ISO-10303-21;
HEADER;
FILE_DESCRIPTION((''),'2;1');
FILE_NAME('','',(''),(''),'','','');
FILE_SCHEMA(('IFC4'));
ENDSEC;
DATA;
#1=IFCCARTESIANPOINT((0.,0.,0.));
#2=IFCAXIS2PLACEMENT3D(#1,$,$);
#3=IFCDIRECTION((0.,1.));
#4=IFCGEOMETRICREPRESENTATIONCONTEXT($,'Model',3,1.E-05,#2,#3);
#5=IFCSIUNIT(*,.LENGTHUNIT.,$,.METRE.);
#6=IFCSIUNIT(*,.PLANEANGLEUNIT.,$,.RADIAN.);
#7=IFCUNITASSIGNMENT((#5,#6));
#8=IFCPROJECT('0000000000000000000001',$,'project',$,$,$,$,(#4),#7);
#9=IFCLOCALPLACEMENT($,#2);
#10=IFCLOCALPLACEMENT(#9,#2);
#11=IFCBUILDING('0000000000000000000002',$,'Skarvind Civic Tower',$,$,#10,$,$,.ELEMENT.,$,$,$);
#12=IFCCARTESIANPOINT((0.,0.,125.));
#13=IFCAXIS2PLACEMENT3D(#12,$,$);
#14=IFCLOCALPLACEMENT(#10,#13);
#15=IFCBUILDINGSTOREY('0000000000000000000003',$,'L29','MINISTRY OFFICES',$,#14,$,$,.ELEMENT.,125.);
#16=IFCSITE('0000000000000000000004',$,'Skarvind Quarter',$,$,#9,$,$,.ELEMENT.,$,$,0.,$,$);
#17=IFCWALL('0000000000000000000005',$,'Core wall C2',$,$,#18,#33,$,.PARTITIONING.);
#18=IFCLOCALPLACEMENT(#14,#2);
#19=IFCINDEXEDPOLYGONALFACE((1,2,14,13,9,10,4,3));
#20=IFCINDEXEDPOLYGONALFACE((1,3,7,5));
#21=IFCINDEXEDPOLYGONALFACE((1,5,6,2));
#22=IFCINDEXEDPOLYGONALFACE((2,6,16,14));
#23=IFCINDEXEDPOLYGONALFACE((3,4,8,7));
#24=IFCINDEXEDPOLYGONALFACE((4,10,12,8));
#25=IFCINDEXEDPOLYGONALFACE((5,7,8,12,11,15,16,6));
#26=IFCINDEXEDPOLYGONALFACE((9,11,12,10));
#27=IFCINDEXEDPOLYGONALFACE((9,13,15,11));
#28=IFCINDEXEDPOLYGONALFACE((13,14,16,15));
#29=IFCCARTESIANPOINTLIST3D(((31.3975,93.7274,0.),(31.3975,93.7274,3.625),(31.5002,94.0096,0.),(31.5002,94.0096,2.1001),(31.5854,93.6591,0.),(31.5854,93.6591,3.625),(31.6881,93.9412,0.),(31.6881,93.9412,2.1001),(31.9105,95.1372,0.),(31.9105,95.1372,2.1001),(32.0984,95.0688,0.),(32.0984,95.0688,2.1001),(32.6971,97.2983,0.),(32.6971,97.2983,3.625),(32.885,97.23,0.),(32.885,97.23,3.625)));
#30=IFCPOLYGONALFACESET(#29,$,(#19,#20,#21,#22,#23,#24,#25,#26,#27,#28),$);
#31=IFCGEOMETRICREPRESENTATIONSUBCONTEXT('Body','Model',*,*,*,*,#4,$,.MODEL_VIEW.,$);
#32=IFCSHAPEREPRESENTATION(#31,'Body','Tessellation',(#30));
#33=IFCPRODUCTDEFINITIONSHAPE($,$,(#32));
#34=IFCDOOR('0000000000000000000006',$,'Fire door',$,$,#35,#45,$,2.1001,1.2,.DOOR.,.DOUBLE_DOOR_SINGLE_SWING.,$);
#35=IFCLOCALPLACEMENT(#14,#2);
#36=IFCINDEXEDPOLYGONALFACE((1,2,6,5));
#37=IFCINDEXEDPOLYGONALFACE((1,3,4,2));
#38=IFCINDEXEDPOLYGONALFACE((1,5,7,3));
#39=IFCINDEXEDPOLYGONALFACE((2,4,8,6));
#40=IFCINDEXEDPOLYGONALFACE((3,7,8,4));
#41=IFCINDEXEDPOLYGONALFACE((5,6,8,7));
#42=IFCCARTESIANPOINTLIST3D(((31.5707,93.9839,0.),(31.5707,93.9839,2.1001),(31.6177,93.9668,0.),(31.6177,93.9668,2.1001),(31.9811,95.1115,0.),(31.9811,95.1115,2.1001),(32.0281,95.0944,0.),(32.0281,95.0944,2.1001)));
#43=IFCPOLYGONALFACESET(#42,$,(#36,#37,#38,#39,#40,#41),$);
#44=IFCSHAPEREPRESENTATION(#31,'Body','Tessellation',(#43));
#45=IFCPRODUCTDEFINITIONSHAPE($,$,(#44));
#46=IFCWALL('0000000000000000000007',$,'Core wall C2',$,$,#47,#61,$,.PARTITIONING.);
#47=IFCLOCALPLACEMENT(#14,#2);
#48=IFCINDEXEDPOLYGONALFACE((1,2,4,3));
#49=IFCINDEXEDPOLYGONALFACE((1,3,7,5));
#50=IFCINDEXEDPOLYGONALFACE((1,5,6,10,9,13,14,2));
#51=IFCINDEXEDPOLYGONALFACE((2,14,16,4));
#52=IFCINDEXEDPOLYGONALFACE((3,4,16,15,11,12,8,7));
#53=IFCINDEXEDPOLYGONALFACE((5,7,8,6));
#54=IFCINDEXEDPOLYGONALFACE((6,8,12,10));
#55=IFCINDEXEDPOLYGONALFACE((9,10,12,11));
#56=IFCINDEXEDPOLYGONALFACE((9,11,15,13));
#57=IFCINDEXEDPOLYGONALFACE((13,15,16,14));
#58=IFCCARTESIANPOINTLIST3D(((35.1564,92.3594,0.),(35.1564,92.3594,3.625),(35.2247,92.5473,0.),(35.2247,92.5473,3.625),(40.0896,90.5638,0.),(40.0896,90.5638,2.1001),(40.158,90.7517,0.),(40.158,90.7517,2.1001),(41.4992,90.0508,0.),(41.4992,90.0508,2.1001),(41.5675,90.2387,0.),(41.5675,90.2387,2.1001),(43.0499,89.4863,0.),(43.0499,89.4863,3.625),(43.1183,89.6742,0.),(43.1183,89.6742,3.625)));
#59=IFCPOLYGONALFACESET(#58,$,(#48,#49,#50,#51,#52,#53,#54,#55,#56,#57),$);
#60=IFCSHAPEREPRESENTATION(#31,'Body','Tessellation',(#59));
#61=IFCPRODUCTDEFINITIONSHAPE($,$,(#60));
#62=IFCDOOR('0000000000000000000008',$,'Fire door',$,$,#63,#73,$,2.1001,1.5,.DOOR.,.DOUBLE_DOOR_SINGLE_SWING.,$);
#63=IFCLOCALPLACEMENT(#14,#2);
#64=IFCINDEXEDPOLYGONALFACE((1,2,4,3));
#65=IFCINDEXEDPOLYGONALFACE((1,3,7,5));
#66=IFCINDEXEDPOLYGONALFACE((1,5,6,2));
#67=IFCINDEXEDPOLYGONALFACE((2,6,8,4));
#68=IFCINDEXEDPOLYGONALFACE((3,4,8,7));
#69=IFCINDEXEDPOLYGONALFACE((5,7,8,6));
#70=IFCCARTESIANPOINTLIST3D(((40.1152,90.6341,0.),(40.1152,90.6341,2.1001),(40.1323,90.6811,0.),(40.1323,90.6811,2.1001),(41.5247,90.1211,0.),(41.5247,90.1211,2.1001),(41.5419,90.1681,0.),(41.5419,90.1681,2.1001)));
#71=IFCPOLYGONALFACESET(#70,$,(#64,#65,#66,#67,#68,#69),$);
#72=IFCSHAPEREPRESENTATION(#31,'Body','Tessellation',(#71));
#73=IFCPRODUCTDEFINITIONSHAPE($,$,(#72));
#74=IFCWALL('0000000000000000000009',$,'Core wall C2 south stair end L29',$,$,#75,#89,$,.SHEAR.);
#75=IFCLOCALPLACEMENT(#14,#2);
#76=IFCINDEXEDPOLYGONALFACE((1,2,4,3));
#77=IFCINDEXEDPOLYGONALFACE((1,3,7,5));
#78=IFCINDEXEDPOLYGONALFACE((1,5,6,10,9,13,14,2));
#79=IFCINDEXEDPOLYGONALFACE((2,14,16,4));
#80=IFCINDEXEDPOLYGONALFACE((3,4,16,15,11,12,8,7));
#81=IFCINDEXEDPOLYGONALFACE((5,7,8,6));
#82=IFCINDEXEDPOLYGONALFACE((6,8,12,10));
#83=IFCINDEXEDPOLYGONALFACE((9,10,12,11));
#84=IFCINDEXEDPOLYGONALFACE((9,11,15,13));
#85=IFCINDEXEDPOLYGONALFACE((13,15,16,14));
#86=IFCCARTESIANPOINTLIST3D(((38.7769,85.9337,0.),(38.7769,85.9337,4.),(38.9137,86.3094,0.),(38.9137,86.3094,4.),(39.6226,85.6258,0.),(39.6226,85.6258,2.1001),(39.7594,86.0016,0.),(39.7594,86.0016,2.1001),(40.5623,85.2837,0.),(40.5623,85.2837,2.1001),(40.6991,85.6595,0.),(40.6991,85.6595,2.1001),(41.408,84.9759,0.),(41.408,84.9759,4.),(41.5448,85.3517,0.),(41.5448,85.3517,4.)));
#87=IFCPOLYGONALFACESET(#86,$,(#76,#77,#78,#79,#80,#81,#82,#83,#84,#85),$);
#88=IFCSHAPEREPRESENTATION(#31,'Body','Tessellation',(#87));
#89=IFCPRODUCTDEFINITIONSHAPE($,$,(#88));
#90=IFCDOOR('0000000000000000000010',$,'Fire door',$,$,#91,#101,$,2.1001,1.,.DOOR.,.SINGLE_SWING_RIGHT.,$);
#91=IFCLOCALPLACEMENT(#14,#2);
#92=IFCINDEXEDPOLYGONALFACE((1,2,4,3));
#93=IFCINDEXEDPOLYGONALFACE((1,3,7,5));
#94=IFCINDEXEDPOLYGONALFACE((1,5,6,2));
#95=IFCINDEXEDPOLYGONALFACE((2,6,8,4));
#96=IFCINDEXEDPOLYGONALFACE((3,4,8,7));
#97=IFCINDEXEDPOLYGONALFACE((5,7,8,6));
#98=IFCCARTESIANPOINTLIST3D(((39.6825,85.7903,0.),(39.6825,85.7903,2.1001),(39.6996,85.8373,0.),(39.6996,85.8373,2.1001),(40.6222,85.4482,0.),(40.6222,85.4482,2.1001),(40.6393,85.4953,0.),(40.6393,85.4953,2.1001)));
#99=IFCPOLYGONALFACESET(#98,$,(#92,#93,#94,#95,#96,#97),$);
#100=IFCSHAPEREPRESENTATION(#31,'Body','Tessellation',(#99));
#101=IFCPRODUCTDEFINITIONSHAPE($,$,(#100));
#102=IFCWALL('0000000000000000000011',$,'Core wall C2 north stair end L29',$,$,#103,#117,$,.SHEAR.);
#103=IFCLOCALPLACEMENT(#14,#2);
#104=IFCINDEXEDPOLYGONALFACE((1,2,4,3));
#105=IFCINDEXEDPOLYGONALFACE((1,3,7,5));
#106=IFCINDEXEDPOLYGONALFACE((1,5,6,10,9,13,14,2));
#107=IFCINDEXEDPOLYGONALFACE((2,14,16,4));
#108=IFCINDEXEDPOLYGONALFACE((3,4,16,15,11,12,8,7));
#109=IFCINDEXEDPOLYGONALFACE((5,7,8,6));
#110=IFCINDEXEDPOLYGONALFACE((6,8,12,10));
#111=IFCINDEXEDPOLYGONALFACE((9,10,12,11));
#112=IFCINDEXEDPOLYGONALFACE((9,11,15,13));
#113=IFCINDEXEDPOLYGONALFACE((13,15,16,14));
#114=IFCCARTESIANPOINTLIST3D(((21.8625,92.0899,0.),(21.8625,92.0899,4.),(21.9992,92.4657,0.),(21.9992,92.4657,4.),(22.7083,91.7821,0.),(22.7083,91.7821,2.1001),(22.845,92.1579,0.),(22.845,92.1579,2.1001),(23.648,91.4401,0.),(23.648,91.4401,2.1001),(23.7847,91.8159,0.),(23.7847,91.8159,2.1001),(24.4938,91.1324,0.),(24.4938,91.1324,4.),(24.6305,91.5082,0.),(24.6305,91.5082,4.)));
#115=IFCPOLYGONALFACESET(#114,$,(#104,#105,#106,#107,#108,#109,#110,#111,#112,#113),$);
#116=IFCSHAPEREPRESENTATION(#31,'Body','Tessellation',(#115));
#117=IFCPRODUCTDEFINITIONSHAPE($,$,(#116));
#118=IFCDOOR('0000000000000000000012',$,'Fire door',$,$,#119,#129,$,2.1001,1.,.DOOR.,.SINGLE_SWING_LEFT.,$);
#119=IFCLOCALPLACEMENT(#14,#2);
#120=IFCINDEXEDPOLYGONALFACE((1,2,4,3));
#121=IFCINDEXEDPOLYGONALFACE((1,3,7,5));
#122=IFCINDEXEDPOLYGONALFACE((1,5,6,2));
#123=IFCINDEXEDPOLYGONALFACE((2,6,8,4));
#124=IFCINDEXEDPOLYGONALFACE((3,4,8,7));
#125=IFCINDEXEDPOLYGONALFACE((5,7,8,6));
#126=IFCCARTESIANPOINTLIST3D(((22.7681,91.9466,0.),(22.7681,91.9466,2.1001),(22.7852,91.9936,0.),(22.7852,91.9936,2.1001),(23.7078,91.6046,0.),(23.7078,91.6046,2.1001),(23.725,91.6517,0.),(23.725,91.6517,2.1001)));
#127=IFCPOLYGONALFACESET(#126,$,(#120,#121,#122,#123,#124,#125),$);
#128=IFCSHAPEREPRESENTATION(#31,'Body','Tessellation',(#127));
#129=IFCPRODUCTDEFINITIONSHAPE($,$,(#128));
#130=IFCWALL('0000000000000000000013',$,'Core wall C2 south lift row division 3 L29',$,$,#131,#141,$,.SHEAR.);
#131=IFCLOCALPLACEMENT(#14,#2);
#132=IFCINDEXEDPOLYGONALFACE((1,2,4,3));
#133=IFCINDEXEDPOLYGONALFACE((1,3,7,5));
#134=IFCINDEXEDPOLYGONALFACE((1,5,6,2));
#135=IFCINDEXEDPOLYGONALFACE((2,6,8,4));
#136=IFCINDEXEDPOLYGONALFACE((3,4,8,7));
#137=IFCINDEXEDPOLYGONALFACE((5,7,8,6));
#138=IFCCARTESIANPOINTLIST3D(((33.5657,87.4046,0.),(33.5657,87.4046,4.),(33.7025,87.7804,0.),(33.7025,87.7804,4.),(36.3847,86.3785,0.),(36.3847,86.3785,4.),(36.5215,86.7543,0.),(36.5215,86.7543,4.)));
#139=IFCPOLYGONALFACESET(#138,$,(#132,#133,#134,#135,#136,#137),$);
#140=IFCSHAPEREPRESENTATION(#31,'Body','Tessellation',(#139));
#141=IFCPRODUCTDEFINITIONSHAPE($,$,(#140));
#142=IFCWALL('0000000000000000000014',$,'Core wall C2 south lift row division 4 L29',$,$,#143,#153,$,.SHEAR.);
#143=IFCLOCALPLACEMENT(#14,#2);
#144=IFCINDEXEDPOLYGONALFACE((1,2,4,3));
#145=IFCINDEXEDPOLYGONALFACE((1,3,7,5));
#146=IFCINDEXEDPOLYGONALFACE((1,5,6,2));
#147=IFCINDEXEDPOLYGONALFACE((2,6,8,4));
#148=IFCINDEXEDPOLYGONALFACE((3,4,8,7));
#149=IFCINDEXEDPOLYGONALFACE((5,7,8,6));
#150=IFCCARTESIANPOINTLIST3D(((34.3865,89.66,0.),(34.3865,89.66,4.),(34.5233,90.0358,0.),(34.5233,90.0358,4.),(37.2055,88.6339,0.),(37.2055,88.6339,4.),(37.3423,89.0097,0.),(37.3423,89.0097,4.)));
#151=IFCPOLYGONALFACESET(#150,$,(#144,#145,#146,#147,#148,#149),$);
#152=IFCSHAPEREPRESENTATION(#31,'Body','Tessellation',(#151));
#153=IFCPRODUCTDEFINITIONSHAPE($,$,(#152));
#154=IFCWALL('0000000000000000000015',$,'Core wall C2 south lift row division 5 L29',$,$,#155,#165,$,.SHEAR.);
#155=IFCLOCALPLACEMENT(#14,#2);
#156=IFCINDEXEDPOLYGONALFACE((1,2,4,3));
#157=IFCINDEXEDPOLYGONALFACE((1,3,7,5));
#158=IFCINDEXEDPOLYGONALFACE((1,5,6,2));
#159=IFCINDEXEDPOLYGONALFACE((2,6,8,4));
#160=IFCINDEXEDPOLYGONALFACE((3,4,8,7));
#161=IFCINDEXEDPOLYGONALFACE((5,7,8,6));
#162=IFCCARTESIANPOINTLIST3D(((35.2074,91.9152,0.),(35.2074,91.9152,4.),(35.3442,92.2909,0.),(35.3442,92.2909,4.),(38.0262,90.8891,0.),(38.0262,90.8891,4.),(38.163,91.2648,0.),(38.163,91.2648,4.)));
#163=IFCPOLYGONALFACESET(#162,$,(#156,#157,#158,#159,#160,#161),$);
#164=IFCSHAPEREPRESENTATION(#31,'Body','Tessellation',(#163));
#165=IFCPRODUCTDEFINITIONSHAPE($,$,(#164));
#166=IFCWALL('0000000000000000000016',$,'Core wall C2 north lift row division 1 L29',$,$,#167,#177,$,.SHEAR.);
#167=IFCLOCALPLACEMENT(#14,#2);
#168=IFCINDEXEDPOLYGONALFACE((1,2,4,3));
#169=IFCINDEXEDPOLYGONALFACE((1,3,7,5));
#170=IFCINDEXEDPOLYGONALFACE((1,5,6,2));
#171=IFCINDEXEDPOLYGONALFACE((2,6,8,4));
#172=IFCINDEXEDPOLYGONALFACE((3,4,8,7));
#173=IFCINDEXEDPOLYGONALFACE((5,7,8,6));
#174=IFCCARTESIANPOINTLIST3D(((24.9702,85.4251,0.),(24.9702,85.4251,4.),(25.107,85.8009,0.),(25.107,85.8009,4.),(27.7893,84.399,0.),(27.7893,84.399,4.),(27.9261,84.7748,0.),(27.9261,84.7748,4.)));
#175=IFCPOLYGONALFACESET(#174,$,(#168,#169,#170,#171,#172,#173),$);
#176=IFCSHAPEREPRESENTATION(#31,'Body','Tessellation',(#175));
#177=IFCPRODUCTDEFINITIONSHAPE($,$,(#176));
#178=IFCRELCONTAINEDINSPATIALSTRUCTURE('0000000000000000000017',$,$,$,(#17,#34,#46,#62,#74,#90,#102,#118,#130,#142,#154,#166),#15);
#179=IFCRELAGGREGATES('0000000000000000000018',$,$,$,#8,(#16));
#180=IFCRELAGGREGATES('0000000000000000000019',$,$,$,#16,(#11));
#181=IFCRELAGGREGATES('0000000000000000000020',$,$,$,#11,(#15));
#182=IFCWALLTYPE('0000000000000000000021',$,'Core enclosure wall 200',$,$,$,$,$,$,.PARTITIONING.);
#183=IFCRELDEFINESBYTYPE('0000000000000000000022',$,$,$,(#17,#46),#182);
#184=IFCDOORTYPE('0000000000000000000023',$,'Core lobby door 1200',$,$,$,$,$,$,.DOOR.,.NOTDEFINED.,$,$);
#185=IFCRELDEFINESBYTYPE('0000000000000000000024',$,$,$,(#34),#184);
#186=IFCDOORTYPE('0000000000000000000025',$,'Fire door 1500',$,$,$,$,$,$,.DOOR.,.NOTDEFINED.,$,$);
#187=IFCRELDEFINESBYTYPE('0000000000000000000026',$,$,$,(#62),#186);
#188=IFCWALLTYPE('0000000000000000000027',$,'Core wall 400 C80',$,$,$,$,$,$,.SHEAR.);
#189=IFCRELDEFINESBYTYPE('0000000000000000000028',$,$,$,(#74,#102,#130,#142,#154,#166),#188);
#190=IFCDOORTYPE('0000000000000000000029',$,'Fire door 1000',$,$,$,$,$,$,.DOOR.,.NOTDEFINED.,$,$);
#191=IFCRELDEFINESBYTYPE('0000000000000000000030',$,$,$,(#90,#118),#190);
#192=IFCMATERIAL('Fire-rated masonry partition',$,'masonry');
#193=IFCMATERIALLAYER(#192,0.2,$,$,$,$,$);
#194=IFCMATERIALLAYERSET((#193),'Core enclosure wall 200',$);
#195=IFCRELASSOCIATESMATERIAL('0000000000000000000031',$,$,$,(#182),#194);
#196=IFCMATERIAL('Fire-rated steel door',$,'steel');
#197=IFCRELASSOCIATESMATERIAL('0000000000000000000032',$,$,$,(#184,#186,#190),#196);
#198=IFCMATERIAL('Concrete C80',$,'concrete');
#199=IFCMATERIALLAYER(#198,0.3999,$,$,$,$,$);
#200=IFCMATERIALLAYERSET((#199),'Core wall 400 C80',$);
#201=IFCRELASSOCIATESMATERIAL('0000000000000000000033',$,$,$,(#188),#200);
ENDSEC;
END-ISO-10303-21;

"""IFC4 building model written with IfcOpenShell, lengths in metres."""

from ifc_helpers import new_model, si_unit, direction, frame, frame_2d, origin, place, context, subcontext, project, spatial, rectangle, extrude, material, layer, layer_set, type_object, element, fill, save


model = new_model("IFC4")

# Units and contexts
model_context = context("Model", 3, precision=1e-05, world=origin(), true_north=direction((0.0, 1.0)))
body_context = subcontext(model_context, "Body", "Model", "MODEL_VIEW")
ifc_project = project(units=[si_unit("LENGTHUNIT", "METRE"), si_unit("PLANEANGLEUNIT", "RADIAN")], contexts=[model_context])

# Site, building, storey
site_placement = place(None, origin())
site = spatial("IfcSite", under=ifc_project, at=site_placement, Name="Skarvind Quarter", CompositionType="ELEMENT", RefElevation=0.0)
building_placement = place(site_placement, origin())
building = spatial("IfcBuilding", under=site, at=building_placement, Name="Skarvind Civic Tower", CompositionType="ELEMENT")
storey_placement = place(building_placement, frame((0.0, 0.0, 125.0)))
storey = spatial("IfcBuildingStorey", under=building, at=storey_placement, Name="L29", Description="MINISTRY OFFICES", CompositionType="ELEMENT", Elevation=125.0)

# Walls, openings, doors
ifc_material_1 = material(Name="Fire-rated masonry partition", Category="masonry")
ifc_layer_1 = layer(ifc_material_1, 0.2)
ifc_layer_set_1 = layer_set([ifc_layer_1], Name="Core enclosure wall 200")
wall_type_1 = type_object("IfcWallType", Name="Core enclosure wall 200", PredefinedType="PARTITIONING", material=ifc_layer_set_1)
wall_1_placement = place(storey_placement, frame((31.4915, 93.6934, 0.0), z_axis=(0.0, 0.0, 1.0), x_axis=(0.341996, 0.939701, 0.0)))
wall_1 = element("IfcWall", 1, at=wall_1_placement, inside=storey, type_object=wall_type_1, Name="Core wall C2", PredefinedType="PARTITIONING", context=body_context, shape_type="SweptSolid", body=[
    extrude(rectangle(XDim=3.8, YDim=0.2, at=frame_2d((1.8999, 0.0))), origin(), (0.0, 0.0, 1.0), 3.625),
])
opening_1_placement = place(wall_1_placement, frame((0.3, 0.0, 0.0)))
opening_1 = element("IfcOpeningElement", 2, at=opening_1_placement, cuts=wall_1, PredefinedType="OPENING", context=body_context, shape_type="SweptSolid", body=[
    extrude(rectangle(XDim=1.2, YDim=2.1001, at=frame_2d((0.6001, 1.05))), frame((0.0, 0.1099, 0.0), z_axis=(0.0, -1.0, 0.0), x_axis=(1.0, 0.0, 0.0)), (0.0, 0.0, 1.0), 0.22),
])
ifc_material_2 = material(Name="Fire-rated steel door", Category="steel")
door_type_1 = type_object("IfcDoorType", Name="Core lobby door 1200", OperationType="NOTDEFINED", PredefinedType="DOOR", material=ifc_material_2)
door_1_placement = place(opening_1_placement, origin())
door_1 = element("IfcDoor", 3, at=door_1_placement, inside=storey, type_object=door_type_1, Name="Fire door", OperationType="DOUBLE_DOOR_SINGLE_SWING", OverallHeight=2.1001, OverallWidth=1.2, PredefinedType="DOOR", context=body_context, shape_type="SweptSolid", body=[
    extrude(rectangle(XDim=1.2, YDim=2.1001, at=frame_2d((0.6001, 1.05))), frame((0.0, 0.0249, 0.0), z_axis=(0.0, -1.0, 0.0), x_axis=(1.0, 0.0, 0.0)), (0.0, 0.0, 1.0), 0.05),
])
fill(opening_1, door_1)
wall_2_placement = place(storey_placement, frame((35.1904, 92.4534, 0.0), z_axis=(0.0, 0.0, 1.0), x_axis=(0.939692, -0.342023, 0.0)))
wall_2 = element("IfcWall", 4, at=wall_2_placement, inside=storey, type_object=wall_type_1, Name="Core wall C2", PredefinedType="PARTITIONING", context=body_context, shape_type="SweptSolid", body=[
    extrude(rectangle(XDim=8.4001, YDim=0.2, at=frame_2d((4.2002, 0.0))), origin(), (0.0, 0.0, 1.0), 3.625),
])
opening_2_placement = place(wall_2_placement, frame((5.25, 0.0, 0.0)))
opening_2 = element("IfcOpeningElement", 5, at=opening_2_placement, cuts=wall_2, PredefinedType="OPENING", context=body_context, shape_type="SweptSolid", body=[
    extrude(rectangle(XDim=1.5, YDim=2.1001, at=frame_2d((0.75, 1.05))), frame((0.0, 0.1099, 0.0), z_axis=(0.0, -1.0, 0.0), x_axis=(1.0, 0.0, 0.0)), (0.0, 0.0, 1.0), 0.22),
])
door_type_2 = type_object("IfcDoorType", Name="Fire door 1500", OperationType="NOTDEFINED", PredefinedType="DOOR", material=ifc_material_2)
door_2_placement = place(opening_2_placement, origin())
door_2 = element("IfcDoor", 6, at=door_2_placement, inside=storey, type_object=door_type_2, Name="Fire door", OperationType="DOUBLE_DOOR_SINGLE_SWING", OverallHeight=2.1001, OverallWidth=1.5, PredefinedType="DOOR", context=body_context, shape_type="SweptSolid", body=[
    extrude(rectangle(XDim=1.5, YDim=2.1001, at=frame_2d((0.75, 1.05))), frame((0.0, 0.0249, 0.0), z_axis=(0.0, -1.0, 0.0), x_axis=(1.0, 0.0, 0.0)), (0.0, 0.0, 1.0), 0.05),
])
fill(opening_2, door_2)
ifc_material_3 = material(Name="Concrete C80", Category="concrete")
ifc_layer_2 = layer(ifc_material_3, 0.3999)
ifc_layer_set_2 = layer_set([ifc_layer_2], Name="Core wall 400 C80")
wall_type_2 = type_object("IfcWallType", Name="Core wall 400 C80", PredefinedType="SHEAR", material=ifc_layer_set_2)
wall_3_placement = place(storey_placement, frame((41.4763, 85.1638, 0.0), z_axis=(0.0, 0.0, 1.0), x_axis=(-0.939679, 0.342058, 0.0)))
wall_3 = element("IfcWall", 7, at=wall_3_placement, inside=storey, type_object=wall_type_2, Name="Core wall C2 south stair end L29", PredefinedType="SHEAR", context=body_context, shape_type="SweptSolid", body=[
    extrude(rectangle(XDim=2.8, YDim=0.3999, at=frame_2d((1.3999, 0.0))), origin(), (0.0, 0.0, 1.0), 4.0),
])
opening_3_placement = place(wall_3_placement, frame((0.8999, 0.0, 0.0)))
opening_3 = element("IfcOpeningElement", 8, at=opening_3_placement, cuts=wall_3, PredefinedType="OPENING", context=body_context, shape_type="SweptSolid", body=[
    extrude(rectangle(XDim=1.0, YDim=2.1001, at=frame_2d((0.5, 1.05))), frame((0.0, 0.21, 0.0), z_axis=(0.0, -1.0, 0.0), x_axis=(1.0, 0.0, 0.0)), (0.0, 0.0, 1.0), 0.4199),
])
door_type_3 = type_object("IfcDoorType", Name="Fire door 1000", OperationType="NOTDEFINED", PredefinedType="DOOR", material=ifc_material_2)
door_3_placement = place(opening_3_placement, origin())
door_3 = element("IfcDoor", 9, at=door_3_placement, inside=storey, type_object=door_type_3, Name="Fire door", OperationType="SINGLE_SWING_RIGHT", OverallHeight=2.1001, OverallWidth=1.0, PredefinedType="DOOR", context=body_context, shape_type="SweptSolid", body=[
    extrude(rectangle(XDim=1.0, YDim=2.1001, at=frame_2d((0.5, 1.05))), frame((0.0, 0.0249, 0.0), z_axis=(0.0, -1.0, 0.0), x_axis=(1.0, 0.0, 0.0)), (0.0, 0.0, 1.0), 0.05),
])
fill(opening_3, door_3)
wall_4_placement = place(storey_placement, frame((24.562, 91.3203, 0.0), z_axis=(0.0, 0.0, 1.0), x_axis=(-0.939717, 0.341953, 0.0)))
wall_4 = element("IfcWall", 10, at=wall_4_placement, inside=storey, type_object=wall_type_2, Name="Core wall C2 north stair end L29", PredefinedType="SHEAR", context=body_context, shape_type="SweptSolid", body=[
    extrude(rectangle(XDim=2.8, YDim=0.3999, at=frame_2d((1.3999, 0.0))), origin(), (0.0, 0.0, 1.0), 4.0),
])
opening_4_placement = place(wall_4_placement, frame((0.8999, 0.0, 0.0)))
opening_4 = element("IfcOpeningElement", 11, at=opening_4_placement, cuts=wall_4, PredefinedType="OPENING", context=body_context, shape_type="SweptSolid", body=[
    extrude(rectangle(XDim=1.0, YDim=2.1001, at=frame_2d((0.5, 1.05))), frame((0.0, 0.21, 0.0), z_axis=(0.0, -1.0, 0.0), x_axis=(1.0, 0.0, 0.0)), (0.0, 0.0, 1.0), 0.4199),
])
door_4_placement = place(opening_4_placement, origin())
door_4 = element("IfcDoor", 12, at=door_4_placement, inside=storey, type_object=door_type_3, Name="Fire door", OperationType="SINGLE_SWING_LEFT", OverallHeight=2.1001, OverallWidth=1.0, PredefinedType="DOOR", context=body_context, shape_type="SweptSolid", body=[
    extrude(rectangle(XDim=1.0, YDim=2.1001, at=frame_2d((0.5, 1.05))), frame((0.0, 0.0249, 0.0), z_axis=(0.0, -1.0, 0.0), x_axis=(1.0, 0.0, 0.0)), (0.0, 0.0, 1.0), 0.05),
])
fill(opening_4, door_4)

# Walls
for number, where, z_axis, x_axis, name in (
    (13, (36.4531, 86.5664, 0.0), (0.0, 0.0, 1.0), (-0.939686, 0.342037, 0.0), "Core wall C2 south lift row division 3 L29"),
    (14, (37.2739, 88.8218, 0.0), (0.0, 0.0, 1.0), (-0.939686, 0.342037, 0.0), "Core wall C2 south lift row division 4 L29"),
):
    element("IfcWall", number, at=place(storey_placement, frame(where, z_axis=z_axis, x_axis=x_axis)), inside=storey, type_object=wall_type_2, Name=name, PredefinedType="SHEAR", context=body_context, shape_type="SweptSolid", body=[
        extrude(rectangle(XDim=3.0, YDim=0.3999, at=frame_2d((1.5, 0.0))), origin(), (0.0, 0.0, 1.0), 4.0),
    ])
wall_5_placement = place(storey_placement, frame((38.0947, 91.0769, 0.0), z_axis=(0.0, 0.0, 1.0), x_axis=(-0.939677, 0.342063, 0.0)))
element("IfcWall", 15, at=wall_5_placement, inside=storey, type_object=wall_type_2, Name="Core wall C2 south lift row division 5 L29", PredefinedType="SHEAR", context=body_context, shape_type="SweptSolid", body=[
    extrude(rectangle(XDim=2.9998, YDim=0.3999, at=frame_2d((1.5, 0.0))), origin(), (0.0, 0.0, 1.0), 4.0),
])
wall_6_placement = place(storey_placement, frame((27.8577, 84.5869, 0.0), z_axis=(0.0, 0.0, 1.0), x_axis=(-0.939686, 0.342037, 0.0)))
element("IfcWall", 16, at=wall_6_placement, inside=storey, type_object=wall_type_2, Name="Core wall C2 north lift row division 1 L29", PredefinedType="SHEAR", context=body_context, shape_type="SweptSolid", body=[
    extrude(rectangle(XDim=3.0, YDim=0.3999, at=frame_2d((1.5, 0.0))), origin(), (0.0, 0.0, 1.0), 4.0),
])

save(model, "model.ifc")
